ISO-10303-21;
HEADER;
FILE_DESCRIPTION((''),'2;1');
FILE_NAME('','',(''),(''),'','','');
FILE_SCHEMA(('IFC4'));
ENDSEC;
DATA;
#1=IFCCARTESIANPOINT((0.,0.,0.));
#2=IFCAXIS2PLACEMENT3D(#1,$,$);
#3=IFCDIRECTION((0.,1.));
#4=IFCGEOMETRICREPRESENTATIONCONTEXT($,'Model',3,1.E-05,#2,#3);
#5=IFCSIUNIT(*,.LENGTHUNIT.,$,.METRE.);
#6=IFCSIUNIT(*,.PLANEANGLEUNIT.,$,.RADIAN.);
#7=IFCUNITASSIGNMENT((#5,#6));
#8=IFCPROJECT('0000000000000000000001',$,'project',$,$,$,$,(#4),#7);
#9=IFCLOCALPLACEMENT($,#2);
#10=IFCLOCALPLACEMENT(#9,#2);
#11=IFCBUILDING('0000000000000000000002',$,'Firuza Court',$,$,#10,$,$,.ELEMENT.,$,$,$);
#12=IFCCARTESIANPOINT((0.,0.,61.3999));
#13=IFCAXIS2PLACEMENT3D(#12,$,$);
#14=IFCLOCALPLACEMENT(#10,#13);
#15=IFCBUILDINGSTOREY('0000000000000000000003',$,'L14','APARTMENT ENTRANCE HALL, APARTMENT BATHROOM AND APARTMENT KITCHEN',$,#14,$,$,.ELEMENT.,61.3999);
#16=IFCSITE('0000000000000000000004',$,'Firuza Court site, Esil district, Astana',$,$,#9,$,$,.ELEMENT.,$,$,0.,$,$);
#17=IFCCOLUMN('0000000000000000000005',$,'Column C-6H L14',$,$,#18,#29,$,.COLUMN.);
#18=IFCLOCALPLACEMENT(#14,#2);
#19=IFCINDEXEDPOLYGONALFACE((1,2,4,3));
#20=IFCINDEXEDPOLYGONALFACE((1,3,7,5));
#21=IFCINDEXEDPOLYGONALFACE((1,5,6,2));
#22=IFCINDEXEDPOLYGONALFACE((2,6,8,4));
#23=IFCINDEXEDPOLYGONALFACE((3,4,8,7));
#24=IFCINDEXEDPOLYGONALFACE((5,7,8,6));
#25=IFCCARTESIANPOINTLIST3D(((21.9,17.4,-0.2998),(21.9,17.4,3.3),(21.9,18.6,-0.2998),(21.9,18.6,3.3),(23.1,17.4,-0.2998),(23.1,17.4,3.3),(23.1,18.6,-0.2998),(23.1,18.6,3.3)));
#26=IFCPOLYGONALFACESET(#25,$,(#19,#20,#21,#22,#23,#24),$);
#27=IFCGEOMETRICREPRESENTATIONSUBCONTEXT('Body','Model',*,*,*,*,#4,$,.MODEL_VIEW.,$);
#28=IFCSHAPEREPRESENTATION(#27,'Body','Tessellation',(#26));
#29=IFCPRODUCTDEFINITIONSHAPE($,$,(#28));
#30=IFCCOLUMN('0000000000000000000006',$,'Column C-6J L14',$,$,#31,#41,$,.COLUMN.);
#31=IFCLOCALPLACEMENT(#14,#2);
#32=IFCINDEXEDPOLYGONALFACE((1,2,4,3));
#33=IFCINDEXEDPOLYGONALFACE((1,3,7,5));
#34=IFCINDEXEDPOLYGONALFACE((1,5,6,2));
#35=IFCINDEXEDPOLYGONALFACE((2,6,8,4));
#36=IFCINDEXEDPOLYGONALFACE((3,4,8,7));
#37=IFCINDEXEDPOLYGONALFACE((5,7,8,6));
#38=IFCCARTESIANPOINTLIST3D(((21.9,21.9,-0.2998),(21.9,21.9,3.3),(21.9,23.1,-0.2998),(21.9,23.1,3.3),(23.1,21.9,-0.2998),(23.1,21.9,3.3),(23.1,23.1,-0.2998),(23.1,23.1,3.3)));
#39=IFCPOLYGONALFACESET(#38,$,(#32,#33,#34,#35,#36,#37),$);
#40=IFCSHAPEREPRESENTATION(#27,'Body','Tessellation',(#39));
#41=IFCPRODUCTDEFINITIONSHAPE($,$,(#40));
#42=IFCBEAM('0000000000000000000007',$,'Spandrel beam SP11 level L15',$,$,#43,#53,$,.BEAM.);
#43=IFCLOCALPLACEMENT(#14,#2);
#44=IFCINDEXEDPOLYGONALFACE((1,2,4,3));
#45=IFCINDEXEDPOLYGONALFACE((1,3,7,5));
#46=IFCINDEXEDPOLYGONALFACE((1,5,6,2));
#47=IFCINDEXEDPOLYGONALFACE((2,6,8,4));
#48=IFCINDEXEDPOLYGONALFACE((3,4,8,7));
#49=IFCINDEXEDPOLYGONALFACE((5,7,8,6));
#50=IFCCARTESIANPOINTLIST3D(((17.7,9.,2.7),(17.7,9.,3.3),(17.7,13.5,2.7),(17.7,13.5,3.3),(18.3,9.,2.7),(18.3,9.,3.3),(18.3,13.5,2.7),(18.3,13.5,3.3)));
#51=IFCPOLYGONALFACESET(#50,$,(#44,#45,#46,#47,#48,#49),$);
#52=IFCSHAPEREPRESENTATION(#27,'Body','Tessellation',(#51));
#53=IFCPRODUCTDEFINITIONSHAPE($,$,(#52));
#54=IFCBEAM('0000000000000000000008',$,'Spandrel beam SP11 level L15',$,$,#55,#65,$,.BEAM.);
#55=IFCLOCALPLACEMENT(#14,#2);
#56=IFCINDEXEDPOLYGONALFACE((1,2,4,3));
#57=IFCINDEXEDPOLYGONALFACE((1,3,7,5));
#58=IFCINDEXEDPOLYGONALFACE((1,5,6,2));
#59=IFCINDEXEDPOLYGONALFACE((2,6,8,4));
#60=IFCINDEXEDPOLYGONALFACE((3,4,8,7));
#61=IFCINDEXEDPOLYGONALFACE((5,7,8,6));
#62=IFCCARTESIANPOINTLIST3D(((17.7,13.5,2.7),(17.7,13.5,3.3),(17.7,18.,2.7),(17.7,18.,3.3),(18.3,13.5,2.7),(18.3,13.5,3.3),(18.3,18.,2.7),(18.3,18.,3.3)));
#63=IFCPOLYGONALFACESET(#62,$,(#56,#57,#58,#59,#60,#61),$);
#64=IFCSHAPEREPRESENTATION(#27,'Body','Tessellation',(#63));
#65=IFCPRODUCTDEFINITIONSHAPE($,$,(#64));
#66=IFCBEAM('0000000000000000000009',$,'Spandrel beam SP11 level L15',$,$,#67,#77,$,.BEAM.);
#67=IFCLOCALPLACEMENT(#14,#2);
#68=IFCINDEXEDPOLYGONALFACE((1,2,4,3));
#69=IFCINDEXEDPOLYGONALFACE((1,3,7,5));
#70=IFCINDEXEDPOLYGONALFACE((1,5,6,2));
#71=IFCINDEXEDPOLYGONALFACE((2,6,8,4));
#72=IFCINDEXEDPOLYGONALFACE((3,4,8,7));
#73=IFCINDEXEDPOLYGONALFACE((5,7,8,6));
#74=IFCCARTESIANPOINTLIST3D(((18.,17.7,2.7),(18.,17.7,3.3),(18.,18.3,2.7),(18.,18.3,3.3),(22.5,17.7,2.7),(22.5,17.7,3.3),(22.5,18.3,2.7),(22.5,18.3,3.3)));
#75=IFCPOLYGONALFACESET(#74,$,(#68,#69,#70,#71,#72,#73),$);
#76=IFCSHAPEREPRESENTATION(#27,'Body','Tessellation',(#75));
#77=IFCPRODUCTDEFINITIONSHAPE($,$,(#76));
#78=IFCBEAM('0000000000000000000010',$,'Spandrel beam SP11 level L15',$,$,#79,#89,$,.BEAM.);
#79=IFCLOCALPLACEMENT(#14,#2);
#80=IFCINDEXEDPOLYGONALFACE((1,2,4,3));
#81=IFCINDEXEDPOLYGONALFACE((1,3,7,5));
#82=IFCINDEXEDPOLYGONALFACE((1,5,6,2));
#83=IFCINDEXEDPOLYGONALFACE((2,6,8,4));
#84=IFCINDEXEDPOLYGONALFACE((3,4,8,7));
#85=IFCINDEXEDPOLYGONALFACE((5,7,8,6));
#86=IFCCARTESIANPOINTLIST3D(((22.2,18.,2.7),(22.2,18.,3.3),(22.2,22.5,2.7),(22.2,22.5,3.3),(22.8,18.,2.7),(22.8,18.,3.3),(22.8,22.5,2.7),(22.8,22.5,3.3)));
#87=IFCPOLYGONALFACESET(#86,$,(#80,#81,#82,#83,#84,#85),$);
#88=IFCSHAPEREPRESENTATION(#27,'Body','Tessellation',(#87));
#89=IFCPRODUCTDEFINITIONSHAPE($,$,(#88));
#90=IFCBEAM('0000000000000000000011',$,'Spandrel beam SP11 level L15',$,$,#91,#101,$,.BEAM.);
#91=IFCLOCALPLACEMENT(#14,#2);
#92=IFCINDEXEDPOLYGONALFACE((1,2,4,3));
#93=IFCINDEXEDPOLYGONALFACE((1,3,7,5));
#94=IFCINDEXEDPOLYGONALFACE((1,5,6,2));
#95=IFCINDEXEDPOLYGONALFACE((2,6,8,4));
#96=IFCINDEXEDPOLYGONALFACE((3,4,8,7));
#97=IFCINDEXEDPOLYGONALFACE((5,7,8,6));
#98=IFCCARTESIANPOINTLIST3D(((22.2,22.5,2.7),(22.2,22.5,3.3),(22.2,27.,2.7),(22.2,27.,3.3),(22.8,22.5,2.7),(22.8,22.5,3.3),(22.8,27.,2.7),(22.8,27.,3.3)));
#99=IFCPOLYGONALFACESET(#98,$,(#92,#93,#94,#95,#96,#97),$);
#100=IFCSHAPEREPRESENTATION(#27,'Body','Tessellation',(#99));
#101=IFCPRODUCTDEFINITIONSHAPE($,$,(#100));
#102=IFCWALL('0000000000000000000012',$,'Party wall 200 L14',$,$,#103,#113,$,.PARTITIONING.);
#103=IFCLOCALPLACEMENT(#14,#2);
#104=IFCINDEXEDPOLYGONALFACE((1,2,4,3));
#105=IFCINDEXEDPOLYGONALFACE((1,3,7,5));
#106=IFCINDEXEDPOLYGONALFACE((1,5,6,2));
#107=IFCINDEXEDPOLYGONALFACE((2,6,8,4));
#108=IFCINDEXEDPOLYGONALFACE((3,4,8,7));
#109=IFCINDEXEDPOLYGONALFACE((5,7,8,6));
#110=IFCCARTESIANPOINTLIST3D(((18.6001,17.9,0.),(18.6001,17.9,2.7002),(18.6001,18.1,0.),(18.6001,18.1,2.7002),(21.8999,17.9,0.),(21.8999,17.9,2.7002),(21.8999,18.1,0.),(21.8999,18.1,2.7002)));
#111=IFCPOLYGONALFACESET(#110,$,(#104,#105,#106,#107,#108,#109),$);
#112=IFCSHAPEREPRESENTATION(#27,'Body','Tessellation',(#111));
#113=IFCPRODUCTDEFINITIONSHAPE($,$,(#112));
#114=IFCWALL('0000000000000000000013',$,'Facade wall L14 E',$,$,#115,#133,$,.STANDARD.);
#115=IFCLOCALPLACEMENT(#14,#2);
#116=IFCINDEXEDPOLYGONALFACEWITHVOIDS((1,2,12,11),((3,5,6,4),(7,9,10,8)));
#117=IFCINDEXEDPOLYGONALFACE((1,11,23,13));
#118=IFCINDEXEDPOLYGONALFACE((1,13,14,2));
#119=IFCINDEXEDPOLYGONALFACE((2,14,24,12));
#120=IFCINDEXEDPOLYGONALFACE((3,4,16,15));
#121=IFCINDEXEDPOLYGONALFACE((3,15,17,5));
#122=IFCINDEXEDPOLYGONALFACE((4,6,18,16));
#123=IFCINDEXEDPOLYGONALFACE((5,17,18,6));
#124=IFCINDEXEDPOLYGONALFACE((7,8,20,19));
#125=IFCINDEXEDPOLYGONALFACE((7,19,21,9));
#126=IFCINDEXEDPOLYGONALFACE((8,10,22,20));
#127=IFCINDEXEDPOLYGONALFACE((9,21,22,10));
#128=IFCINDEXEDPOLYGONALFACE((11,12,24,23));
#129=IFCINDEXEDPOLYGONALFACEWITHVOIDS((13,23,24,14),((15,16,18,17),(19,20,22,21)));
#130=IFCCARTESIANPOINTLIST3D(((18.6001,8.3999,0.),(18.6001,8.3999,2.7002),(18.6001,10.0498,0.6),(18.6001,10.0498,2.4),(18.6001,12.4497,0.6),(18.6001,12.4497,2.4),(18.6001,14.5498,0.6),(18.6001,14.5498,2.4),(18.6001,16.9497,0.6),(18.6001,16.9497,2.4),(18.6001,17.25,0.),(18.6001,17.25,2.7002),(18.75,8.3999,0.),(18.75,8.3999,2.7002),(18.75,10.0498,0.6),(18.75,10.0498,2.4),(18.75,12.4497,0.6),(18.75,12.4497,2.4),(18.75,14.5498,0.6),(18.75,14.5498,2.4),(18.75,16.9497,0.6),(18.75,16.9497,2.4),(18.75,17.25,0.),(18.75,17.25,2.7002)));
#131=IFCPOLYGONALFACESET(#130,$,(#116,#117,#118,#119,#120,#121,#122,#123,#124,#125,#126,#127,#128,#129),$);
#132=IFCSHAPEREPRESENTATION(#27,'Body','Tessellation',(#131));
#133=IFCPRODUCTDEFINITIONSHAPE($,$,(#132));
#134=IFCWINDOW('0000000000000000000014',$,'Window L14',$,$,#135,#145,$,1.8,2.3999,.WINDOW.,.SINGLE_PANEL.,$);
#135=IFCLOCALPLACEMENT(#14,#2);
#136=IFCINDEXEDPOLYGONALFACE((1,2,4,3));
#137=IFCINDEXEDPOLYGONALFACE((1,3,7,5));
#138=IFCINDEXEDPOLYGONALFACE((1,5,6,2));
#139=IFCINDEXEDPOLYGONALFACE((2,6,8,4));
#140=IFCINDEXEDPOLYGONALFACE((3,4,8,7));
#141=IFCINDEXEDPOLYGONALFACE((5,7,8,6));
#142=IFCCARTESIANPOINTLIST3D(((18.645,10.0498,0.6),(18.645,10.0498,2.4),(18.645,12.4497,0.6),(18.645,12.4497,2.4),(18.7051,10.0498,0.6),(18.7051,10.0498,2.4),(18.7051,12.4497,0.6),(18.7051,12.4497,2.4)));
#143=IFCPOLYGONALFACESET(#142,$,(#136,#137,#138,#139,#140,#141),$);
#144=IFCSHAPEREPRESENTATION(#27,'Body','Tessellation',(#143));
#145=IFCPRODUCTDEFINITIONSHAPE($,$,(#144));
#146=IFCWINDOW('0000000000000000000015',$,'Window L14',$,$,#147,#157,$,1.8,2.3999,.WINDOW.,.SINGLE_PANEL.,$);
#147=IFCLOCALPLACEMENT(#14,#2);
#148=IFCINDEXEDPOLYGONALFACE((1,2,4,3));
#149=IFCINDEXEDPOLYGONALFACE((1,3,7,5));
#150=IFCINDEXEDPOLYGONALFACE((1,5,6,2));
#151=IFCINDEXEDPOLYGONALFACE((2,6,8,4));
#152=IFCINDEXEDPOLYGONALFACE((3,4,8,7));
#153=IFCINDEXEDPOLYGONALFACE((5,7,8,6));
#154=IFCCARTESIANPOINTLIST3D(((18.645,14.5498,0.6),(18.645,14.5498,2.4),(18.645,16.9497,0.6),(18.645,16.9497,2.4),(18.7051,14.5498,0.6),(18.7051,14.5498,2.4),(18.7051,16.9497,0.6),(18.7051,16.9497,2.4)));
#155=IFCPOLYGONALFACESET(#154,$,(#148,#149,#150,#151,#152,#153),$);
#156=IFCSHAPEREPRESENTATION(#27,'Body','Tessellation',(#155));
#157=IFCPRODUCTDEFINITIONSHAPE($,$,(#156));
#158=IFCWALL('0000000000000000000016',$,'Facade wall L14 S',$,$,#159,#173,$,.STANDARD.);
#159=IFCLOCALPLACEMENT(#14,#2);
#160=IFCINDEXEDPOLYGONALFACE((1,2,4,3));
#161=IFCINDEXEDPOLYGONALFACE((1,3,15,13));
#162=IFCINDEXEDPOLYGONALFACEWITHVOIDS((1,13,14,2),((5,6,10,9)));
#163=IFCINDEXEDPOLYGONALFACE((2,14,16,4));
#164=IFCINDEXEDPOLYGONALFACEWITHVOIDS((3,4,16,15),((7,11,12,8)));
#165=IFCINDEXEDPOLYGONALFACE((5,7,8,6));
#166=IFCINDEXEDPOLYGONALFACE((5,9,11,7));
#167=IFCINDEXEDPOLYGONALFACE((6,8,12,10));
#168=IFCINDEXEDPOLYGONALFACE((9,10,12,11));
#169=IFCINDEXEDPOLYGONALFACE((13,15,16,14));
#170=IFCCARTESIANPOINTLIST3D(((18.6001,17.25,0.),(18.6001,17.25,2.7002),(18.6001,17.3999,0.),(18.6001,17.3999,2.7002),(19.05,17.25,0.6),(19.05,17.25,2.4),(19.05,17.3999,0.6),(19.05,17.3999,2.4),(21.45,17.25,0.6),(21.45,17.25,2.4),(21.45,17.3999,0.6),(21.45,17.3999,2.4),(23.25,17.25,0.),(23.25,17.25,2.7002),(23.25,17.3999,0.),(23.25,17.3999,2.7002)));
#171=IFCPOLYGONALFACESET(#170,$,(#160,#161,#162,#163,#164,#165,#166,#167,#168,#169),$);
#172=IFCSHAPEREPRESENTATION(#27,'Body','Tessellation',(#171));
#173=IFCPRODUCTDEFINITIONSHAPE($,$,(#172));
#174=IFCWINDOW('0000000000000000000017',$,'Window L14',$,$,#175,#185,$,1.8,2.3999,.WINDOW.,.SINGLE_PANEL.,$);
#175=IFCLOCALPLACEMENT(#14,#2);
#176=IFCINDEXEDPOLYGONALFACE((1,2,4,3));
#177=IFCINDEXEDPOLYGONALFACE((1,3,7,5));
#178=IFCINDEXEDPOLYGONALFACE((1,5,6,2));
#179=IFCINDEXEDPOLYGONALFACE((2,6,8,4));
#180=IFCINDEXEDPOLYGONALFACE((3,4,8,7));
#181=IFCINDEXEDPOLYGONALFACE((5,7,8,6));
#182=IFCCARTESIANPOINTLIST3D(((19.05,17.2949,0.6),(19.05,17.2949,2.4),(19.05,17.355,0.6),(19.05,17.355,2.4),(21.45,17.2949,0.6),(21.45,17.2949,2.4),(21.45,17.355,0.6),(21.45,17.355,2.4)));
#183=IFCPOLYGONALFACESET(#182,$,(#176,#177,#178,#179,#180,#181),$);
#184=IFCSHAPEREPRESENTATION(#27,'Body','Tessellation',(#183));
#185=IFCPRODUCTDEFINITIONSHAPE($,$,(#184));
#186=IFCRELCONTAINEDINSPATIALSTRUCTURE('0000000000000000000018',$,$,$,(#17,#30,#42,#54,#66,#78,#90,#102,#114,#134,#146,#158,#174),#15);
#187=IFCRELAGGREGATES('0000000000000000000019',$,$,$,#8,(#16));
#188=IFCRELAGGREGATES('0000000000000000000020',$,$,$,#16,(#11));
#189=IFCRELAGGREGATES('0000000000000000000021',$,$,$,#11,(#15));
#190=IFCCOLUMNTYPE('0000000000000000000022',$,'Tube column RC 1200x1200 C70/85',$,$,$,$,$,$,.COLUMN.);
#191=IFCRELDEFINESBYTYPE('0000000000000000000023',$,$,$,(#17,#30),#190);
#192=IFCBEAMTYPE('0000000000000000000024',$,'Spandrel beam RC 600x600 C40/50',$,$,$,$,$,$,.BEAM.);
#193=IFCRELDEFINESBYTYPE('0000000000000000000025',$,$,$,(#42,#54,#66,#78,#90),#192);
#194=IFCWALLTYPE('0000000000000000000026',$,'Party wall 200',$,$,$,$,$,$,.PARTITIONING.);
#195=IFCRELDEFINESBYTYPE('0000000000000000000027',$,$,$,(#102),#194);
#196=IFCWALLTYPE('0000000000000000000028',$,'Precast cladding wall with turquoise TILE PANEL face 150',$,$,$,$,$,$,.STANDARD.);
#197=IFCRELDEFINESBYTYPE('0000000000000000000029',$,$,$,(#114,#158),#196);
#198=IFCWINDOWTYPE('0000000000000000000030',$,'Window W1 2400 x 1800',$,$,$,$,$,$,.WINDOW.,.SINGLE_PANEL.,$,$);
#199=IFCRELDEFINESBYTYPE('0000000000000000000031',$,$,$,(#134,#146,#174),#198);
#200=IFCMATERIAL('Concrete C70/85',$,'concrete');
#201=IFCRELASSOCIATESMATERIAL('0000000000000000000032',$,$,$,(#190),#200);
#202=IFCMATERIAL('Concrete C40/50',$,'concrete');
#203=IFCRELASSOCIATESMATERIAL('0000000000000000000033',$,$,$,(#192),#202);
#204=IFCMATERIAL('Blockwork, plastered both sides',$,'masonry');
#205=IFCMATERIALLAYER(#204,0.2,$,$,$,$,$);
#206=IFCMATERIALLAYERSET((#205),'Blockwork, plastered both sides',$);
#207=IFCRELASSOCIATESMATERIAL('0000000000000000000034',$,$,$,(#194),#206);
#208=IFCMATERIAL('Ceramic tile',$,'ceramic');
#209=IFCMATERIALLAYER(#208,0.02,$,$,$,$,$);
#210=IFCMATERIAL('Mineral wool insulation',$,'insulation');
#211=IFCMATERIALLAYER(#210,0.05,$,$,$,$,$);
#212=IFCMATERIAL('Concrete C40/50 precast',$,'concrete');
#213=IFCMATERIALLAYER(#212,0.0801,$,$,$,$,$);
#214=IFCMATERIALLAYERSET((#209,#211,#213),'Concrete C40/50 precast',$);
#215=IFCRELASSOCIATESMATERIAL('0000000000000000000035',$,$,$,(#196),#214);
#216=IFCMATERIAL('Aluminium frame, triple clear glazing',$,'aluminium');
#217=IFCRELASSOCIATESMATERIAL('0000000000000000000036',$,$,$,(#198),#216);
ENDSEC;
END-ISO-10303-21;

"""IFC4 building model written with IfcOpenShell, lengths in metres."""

from ifc_helpers import new_model, si_unit, direction, frame, frame_2d, origin, origin_2d, place, context, subcontext, project, spatial, rectangle, extrude, material, layer, layer_set, material_profile, profile_set, type_object, element, fill, save


model = new_model("IFC4")

# Units and contexts
model_context = context("Model", 3, precision=1e-05, world=origin(), true_north=direction((0.0, 1.0)))
body_context = subcontext(model_context, "Body", "Model", "MODEL_VIEW")
ifc_project = project(units=[si_unit("LENGTHUNIT", "METRE"), si_unit("PLANEANGLEUNIT", "RADIAN")], contexts=[model_context])

# Site, building, storey
site_placement = place(None, origin())
site = spatial("IfcSite", under=ifc_project, at=site_placement, Name="Firuza Court site, Esil district, Astana", CompositionType="ELEMENT", RefElevation=0.0)
building_placement = place(site_placement, origin())
building = spatial("IfcBuilding", under=site, at=building_placement, Name="Firuza Court", CompositionType="ELEMENT")
storey_placement = place(building_placement, frame((0.0, 0.0, 61.3999)))
storey = spatial("IfcBuildingStorey", under=building, at=storey_placement, Name="L14", Description="APARTMENT ENTRANCE HALL, APARTMENT BATHROOM AND APARTMENT KITCHEN", CompositionType="ELEMENT", Elevation=61.3999)

# Columns
ifc_material_1 = material(Name="Concrete C70/85", Category="concrete")
ifc_material_profile_1 = material_profile(ifc_material_1, rectangle(XDim=1.2, YDim=1.2, at=origin_2d()), Name="RC 1200x1200")
ifc_profile_set_1 = profile_set([ifc_material_profile_1], Name="Concrete C70/85")
column_type = type_object("IfcColumnType", Name="Tube column RC 1200x1200 C70/85", PredefinedType="COLUMN", material=ifc_profile_set_1)
for number, where, z_axis, x_axis, name in (
    (1, (22.5, 18.0, -0.2998), (0.0, 0.0, 1.0), (1.0, 0.0, 0.0), "Column C-6H L14"),
    (2, (22.5, 22.5, -0.2998), (0.0, 0.0, 1.0), (1.0, 0.0, 0.0), "Column C-6J L14"),
):
    element("IfcColumn", number, at=place(storey_placement, frame(where, z_axis=z_axis, x_axis=x_axis)), inside=storey, type_object=column_type, Name=name, PredefinedType="COLUMN", context=body_context, shape_type="SweptSolid", body=[
        extrude(rectangle(XDim=1.2, YDim=1.2, at=origin_2d()), origin(), (0.0, 0.0, 1.0), 3.5999),
    ])

# Beams
ifc_material_2 = material(Name="Concrete C40/50", Category="concrete")
ifc_material_profile_2 = material_profile(ifc_material_2, rectangle(XDim=0.6001, YDim=0.6001, at=origin_2d()), Name="RC 600x600")
ifc_profile_set_2 = profile_set([ifc_material_profile_2], Name="Concrete C40/50")
beam_type = type_object("IfcBeamType", Name="Spandrel beam RC 600x600 C40/50", PredefinedType="BEAM", material=ifc_profile_set_2)
for number, where, z_axis, x_axis, name in (
    (3, (18.0, 9.0, 3.0), (0.0, 1.0, 0.0), (-1.0, 0.0, 0.0), "Spandrel beam SP11 level L15"),
    (4, (18.0, 13.5, 3.0), (0.0, 1.0, 0.0), (-1.0, 0.0, 0.0), "Spandrel beam SP11 level L15"),
    (5, (18.0, 18.0, 3.0), (1.0, 0.0, 0.0), (0.0, 1.0, 0.0), "Spandrel beam SP11 level L15"),
    (6, (22.5, 18.0, 3.0), (0.0, 1.0, 0.0), (-1.0, 0.0, 0.0), "Spandrel beam SP11 level L15"),
    (7, (22.5, 22.5, 3.0), (0.0, 1.0, 0.0), (-1.0, 0.0, 0.0), "Spandrel beam SP11 level L15"),
):
    element("IfcBeam", number, at=place(storey_placement, frame(where, z_axis=z_axis, x_axis=x_axis)), inside=storey, type_object=beam_type, Name=name, PredefinedType="BEAM", context=body_context, shape_type="SweptSolid", body=[
        extrude(rectangle(XDim=0.6001, YDim=0.6001, at=origin_2d()), origin(), (0.0, 0.0, 1.0), 4.5),
    ])

# Wall
ifc_material_3 = material(Name="Blockwork, plastered both sides", Category="masonry")
ifc_layer_1 = layer(ifc_material_3, 0.2)
ifc_layer_set_1 = layer_set([ifc_layer_1], Name="Blockwork, plastered both sides")
wall_type_1 = type_object("IfcWallType", Name="Party wall 200", PredefinedType="PARTITIONING", material=ifc_layer_set_1)
wall_1_placement = place(storey_placement, frame((18.6001, 18.0, 0.0), z_axis=(0.0, 0.0, 1.0), x_axis=(1.0, 0.0, 0.0)))
element("IfcWall", 8, at=wall_1_placement, inside=storey, type_object=wall_type_1, Name="Party wall 200 L14", PredefinedType="PARTITIONING", context=body_context, shape_type="SweptSolid", body=[
    extrude(rectangle(XDim=3.2998, YDim=0.2, at=frame_2d((1.6499, 0.0))), origin(), (0.0, 0.0, 1.0), 2.7002),
])

# Wall, openings, windows
ifc_material_4 = material(Name="Ceramic tile", Category="ceramic")
ifc_layer_2 = layer(ifc_material_4, 0.02)
ifc_material_5 = material(Name="Mineral wool insulation", Category="insulation")
ifc_layer_3 = layer(ifc_material_5, 0.05)
ifc_material_6 = material(Name="Concrete C40/50 precast", Category="concrete")
ifc_layer_4 = layer(ifc_material_6, 0.0801)
ifc_layer_set_2 = layer_set([ifc_layer_2, ifc_layer_3, ifc_layer_4], Name="Concrete C40/50 precast")
wall_type_2 = type_object("IfcWallType", Name="Precast cladding wall with turquoise TILE PANEL face 150", PredefinedType="STANDARD", material=ifc_layer_set_2)
wall_2_placement = place(storey_placement, frame((18.675, 8.3999, 0.0), z_axis=(0.0, 0.0, 1.0), x_axis=(0.0, 1.0, 0.0)))
wall_2 = element("IfcWall", 9, at=wall_2_placement, inside=storey, type_object=wall_type_2, Name="Facade wall L14 E", PredefinedType="STANDARD", context=body_context, shape_type="SweptSolid", body=[
    extrude(rectangle(XDim=8.8501, YDim=0.1499, at=frame_2d((4.425, 0.0))), origin(), (0.0, 0.0, 1.0), 2.7002),
])
opening_1_placement = place(wall_2_placement, frame((1.6499, 0.0, 0.6001)))
opening_1 = element("IfcOpeningElement", 10, at=opening_1_placement, cuts=wall_2, PredefinedType="OPENING", context=body_context, shape_type="SweptSolid", body=[
    extrude(rectangle(XDim=2.3999, YDim=1.8, at=frame_2d((1.2, 0.8999))), frame((0.0, 0.0869, 0.0), z_axis=(0.0, -1.0, 0.0), x_axis=(1.0, 0.0, 0.0)), (0.0, 0.0, 1.0), 0.1738),
])
opening_2_placement = place(wall_2_placement, frame((6.1499, 0.0, 0.6001)))
opening_2 = element("IfcOpeningElement", 11, at=opening_2_placement, cuts=wall_2, PredefinedType="OPENING", context=body_context, shape_type="SweptSolid", body=[
    extrude(rectangle(XDim=2.3999, YDim=1.8, at=frame_2d((1.2, 0.8999))), frame((0.0, 0.0869, 0.0), z_axis=(0.0, -1.0, 0.0), x_axis=(1.0, 0.0, 0.0)), (0.0, 0.0, 1.0), 0.1738),
])
ifc_material_7 = material(Name="Aluminium frame, triple clear glazing", Category="aluminium")
window_type_1 = type_object("IfcWindowType", Name="Window W1 2400 x 1800", PartitioningType="SINGLE_PANEL", PredefinedType="WINDOW", material=ifc_material_7)
window_1_placement = place(opening_1_placement, origin())
window_1 = element("IfcWindow", 12, at=window_1_placement, inside=storey, type_object=window_type_1, Name="Window L14", OverallHeight=1.8, OverallWidth=2.3999, PartitioningType="SINGLE_PANEL", PredefinedType="WINDOW", context=body_context, shape_type="SweptSolid", body=[
    extrude(rectangle(XDim=2.3999, YDim=1.8, at=frame_2d((1.2, 0.8999))), frame((0.0, 0.03, 0.0), z_axis=(0.0, -1.0, 0.0), x_axis=(1.0, 0.0, 0.0)), (0.0, 0.0, 1.0), 0.0601),
])
fill(opening_1, window_1)
window_2_placement = place(opening_2_placement, origin())
window_2 = element("IfcWindow", 13, at=window_2_placement, inside=storey, type_object=window_type_1, Name="Window L14", OverallHeight=1.8, OverallWidth=2.3999, PartitioningType="SINGLE_PANEL", PredefinedType="WINDOW", context=body_context, shape_type="SweptSolid", body=[
    extrude(rectangle(XDim=2.3999, YDim=1.8, at=frame_2d((1.2, 0.8999))), frame((0.0, 0.03, 0.0), z_axis=(0.0, -1.0, 0.0), x_axis=(1.0, 0.0, 0.0)), (0.0, 0.0, 1.0), 0.0601),
])
fill(opening_2, window_2)

# Wall, opening, window
wall_3_placement = place(storey_placement, frame((18.6001, 17.325, 0.0), z_axis=(0.0, 0.0, 1.0), x_axis=(1.0, 0.0, 0.0)))
wall_3 = element("IfcWall", 14, at=wall_3_placement, inside=storey, type_object=wall_type_2, Name="Facade wall L14 S", PredefinedType="STANDARD", context=body_context, shape_type="SweptSolid", body=[
    extrude(rectangle(XDim=4.6499, YDim=0.1499, at=frame_2d((2.325, 0.0))), origin(), (0.0, 0.0, 1.0), 2.7002),
])
opening_3_placement = place(wall_3_placement, frame((0.45, 0.0, 0.6001)))
opening_3 = element("IfcOpeningElement", 15, at=opening_3_placement, cuts=wall_3, PredefinedType="OPENING", context=body_context, shape_type="SweptSolid", body=[
    extrude(rectangle(XDim=2.3999, YDim=1.8, at=frame_2d((1.2, 0.8999))), frame((0.0, 0.0869, 0.0), z_axis=(0.0, -1.0, 0.0), x_axis=(1.0, 0.0, 0.0)), (0.0, 0.0, 1.0), 0.1738),
])
window_3_placement = place(opening_3_placement, origin())
window_3 = element("IfcWindow", 16, at=window_3_placement, inside=storey, type_object=window_type_1, Name="Window L14", OverallHeight=1.8, OverallWidth=2.3999, PartitioningType="SINGLE_PANEL", PredefinedType="WINDOW", context=body_context, shape_type="SweptSolid", body=[
    extrude(rectangle(XDim=2.3999, YDim=1.8, at=frame_2d((1.2, 0.8999))), frame((0.0, 0.03, 0.0), z_axis=(0.0, -1.0, 0.0), x_axis=(1.0, 0.0, 0.0)), (0.0, 0.0, 1.0), 0.0601),
])
fill(opening_3, window_3)

save(model, "model.ifc")
